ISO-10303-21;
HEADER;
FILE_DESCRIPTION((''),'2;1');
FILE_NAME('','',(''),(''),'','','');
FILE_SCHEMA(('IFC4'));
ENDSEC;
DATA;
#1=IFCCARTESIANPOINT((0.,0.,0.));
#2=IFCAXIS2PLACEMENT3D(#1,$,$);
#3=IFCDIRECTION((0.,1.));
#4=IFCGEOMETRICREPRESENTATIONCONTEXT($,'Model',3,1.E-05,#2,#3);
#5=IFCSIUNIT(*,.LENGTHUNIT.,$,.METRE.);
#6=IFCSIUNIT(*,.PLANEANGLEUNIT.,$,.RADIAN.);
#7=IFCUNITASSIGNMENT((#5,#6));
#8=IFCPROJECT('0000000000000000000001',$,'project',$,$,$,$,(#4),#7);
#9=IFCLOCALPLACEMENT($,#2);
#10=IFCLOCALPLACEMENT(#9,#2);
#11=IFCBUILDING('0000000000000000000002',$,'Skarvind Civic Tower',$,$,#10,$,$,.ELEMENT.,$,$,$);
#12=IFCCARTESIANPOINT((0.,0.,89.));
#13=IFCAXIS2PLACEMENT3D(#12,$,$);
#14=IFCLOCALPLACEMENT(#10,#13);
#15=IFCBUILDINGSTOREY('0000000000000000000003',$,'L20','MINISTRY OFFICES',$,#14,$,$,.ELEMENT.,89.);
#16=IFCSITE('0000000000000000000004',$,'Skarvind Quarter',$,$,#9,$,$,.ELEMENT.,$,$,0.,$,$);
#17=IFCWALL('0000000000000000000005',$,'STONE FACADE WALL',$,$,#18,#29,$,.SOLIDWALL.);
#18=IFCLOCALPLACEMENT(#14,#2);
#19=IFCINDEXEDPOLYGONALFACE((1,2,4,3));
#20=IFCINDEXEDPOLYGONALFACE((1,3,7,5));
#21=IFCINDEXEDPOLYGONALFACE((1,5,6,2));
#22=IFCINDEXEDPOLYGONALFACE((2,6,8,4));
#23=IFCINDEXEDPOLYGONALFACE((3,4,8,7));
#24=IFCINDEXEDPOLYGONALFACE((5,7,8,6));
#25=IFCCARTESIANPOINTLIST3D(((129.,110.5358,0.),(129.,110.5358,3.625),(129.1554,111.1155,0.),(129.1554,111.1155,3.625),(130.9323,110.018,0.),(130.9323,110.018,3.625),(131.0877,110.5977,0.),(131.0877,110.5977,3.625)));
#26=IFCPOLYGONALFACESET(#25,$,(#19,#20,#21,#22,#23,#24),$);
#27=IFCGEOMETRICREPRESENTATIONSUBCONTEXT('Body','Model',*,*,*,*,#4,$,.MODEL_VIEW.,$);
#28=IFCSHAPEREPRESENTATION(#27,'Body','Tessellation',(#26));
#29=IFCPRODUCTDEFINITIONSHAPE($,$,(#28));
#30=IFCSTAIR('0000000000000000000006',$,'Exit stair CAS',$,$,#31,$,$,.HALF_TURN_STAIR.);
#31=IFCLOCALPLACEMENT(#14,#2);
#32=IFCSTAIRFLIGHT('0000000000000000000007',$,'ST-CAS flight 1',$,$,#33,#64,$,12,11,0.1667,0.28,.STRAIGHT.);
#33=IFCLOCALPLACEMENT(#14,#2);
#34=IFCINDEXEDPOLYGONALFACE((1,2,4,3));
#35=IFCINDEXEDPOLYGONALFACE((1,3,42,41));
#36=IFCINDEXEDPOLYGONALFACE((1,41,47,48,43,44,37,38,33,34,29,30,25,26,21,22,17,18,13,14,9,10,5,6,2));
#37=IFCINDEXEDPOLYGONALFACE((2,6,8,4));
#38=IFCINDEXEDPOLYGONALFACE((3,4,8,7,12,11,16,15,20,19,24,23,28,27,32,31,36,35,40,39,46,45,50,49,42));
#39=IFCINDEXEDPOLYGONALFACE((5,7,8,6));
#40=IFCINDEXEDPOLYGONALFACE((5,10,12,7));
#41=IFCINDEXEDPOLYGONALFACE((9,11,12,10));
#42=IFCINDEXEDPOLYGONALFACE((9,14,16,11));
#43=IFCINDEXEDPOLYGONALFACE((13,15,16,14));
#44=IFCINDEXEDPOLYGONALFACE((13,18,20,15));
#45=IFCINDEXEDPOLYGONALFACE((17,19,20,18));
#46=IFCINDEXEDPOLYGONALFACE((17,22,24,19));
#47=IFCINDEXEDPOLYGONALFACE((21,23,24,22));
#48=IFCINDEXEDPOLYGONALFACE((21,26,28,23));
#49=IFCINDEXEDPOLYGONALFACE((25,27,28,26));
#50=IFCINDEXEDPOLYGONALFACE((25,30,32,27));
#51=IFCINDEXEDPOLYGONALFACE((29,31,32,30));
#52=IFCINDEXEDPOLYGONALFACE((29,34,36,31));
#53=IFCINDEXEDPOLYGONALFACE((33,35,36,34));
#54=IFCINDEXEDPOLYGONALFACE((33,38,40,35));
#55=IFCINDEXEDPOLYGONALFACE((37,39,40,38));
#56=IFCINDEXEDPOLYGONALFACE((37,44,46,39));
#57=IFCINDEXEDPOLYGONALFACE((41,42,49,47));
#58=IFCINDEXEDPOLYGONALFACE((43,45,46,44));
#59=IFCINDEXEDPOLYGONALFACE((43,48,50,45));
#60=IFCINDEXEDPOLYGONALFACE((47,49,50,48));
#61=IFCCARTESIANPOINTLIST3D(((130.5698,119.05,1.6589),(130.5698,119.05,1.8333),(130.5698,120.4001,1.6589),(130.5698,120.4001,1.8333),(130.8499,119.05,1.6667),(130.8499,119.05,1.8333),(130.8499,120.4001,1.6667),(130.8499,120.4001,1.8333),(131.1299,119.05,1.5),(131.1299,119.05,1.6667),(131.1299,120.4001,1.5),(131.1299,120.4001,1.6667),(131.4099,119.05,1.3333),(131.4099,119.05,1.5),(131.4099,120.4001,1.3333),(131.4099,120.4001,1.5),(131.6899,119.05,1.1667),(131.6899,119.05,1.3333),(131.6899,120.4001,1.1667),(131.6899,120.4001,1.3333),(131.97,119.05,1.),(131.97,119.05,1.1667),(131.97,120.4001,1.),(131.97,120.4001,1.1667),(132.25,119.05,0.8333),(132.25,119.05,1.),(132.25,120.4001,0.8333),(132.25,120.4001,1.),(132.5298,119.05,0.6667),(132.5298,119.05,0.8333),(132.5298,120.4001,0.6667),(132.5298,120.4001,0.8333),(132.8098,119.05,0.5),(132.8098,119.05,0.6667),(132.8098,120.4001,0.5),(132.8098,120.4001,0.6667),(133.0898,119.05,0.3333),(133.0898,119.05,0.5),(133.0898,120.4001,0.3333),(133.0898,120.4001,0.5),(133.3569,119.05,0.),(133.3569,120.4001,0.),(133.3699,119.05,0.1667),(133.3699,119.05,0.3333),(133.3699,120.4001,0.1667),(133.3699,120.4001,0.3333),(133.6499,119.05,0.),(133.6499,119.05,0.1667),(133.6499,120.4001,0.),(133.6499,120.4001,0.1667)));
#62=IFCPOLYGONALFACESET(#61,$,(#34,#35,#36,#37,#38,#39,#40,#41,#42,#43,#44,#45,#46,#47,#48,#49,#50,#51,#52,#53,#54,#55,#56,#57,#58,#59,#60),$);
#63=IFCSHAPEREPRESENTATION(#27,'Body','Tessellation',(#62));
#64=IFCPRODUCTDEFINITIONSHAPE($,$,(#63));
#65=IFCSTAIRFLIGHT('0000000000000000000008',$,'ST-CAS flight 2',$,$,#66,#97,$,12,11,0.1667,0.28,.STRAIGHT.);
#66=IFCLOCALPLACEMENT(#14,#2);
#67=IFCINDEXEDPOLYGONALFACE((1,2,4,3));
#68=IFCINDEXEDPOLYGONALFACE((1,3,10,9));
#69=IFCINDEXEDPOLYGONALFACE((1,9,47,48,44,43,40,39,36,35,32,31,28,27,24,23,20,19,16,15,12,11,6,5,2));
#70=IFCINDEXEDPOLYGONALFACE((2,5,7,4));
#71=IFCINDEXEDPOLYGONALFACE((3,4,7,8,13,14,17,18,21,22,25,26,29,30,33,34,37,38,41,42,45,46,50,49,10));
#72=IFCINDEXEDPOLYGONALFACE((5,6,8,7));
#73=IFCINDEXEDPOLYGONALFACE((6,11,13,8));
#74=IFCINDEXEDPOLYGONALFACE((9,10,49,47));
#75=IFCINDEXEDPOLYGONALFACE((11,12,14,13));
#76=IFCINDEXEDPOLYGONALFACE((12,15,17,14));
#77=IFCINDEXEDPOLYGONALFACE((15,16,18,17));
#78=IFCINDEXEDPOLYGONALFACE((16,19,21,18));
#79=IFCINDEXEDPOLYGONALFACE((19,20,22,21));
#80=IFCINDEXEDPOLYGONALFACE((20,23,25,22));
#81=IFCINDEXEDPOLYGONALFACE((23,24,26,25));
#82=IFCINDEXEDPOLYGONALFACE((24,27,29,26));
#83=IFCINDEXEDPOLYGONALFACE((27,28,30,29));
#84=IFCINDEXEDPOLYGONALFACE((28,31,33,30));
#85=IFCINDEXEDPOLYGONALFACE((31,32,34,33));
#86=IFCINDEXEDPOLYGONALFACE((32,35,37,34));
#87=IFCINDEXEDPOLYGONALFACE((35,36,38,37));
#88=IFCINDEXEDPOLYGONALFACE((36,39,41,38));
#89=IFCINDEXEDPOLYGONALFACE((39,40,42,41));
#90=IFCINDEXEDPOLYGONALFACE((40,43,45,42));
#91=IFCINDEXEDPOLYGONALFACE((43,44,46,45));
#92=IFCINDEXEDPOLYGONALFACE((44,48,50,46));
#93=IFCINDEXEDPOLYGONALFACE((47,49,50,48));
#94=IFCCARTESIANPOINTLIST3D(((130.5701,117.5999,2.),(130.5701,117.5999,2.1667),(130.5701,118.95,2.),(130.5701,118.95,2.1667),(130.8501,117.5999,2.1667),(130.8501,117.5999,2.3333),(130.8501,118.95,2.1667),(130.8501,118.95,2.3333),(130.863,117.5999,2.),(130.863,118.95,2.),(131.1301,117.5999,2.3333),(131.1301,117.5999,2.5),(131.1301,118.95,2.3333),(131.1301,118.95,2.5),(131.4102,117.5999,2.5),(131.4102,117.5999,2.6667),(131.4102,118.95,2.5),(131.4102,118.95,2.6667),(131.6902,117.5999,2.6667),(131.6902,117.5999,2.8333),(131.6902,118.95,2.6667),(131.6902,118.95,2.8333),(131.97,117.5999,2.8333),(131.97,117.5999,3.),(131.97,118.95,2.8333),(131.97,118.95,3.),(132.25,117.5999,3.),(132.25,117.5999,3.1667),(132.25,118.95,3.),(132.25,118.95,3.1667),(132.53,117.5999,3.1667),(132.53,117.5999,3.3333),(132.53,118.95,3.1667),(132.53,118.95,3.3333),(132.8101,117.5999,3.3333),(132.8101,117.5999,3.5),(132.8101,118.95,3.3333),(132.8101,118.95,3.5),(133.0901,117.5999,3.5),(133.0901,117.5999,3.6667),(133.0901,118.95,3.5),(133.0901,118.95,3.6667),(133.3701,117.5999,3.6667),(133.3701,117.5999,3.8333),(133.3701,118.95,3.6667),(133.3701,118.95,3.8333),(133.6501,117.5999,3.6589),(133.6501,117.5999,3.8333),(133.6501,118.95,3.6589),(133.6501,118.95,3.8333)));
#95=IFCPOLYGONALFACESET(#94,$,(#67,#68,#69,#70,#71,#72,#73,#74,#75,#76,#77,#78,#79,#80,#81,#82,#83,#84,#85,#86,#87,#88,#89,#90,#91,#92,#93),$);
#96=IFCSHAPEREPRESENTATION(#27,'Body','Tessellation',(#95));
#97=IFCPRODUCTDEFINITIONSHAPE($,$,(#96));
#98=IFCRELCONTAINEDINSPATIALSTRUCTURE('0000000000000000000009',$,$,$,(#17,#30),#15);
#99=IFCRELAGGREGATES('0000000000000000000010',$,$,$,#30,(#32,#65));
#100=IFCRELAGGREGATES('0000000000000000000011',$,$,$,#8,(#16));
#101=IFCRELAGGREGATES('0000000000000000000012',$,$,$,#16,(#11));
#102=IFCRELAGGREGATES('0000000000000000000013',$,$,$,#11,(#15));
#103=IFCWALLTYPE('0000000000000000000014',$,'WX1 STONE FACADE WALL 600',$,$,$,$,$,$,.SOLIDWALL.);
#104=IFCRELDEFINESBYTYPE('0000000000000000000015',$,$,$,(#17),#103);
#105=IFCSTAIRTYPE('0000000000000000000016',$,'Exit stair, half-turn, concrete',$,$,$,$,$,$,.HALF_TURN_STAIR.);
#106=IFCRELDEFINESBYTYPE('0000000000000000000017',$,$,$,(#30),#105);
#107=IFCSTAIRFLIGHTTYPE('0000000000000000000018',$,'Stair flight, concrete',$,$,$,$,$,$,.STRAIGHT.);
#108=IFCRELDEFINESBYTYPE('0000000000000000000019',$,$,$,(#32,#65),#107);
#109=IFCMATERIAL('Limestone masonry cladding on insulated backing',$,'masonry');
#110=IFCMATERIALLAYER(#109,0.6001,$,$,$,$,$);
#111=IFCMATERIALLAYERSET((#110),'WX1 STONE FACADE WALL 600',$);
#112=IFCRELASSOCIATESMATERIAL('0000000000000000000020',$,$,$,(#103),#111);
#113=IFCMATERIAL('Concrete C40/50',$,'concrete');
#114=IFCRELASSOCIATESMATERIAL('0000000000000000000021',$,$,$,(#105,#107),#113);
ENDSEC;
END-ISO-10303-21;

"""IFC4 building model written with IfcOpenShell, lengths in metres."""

from ifc_helpers import new_model, si_unit, direction, frame, frame_2d, origin, place, context, subcontext, project, spatial, polyline, rectangle, outline, extrude, material, layer, layer_set, type_object, element, aggregate, save


model = new_model("IFC4")

# Units and contexts
model_context = context("Model", 3, precision=1e-05, world=origin(), true_north=direction((0.0, 1.0)))
body_context = subcontext(model_context, "Body", "Model", "MODEL_VIEW")
ifc_project = project(units=[si_unit("LENGTHUNIT", "METRE"), si_unit("PLANEANGLEUNIT", "RADIAN")], contexts=[model_context])

# Site, building, storey
site_placement = place(None, origin())
site = spatial("IfcSite", under=ifc_project, at=site_placement, Name="Skarvind Quarter", CompositionType="ELEMENT", RefElevation=0.0)
building_placement = place(site_placement, origin())
building = spatial("IfcBuilding", under=site, at=building_placement, Name="Skarvind Civic Tower", CompositionType="ELEMENT")
storey_placement = place(building_placement, frame((0.0, 0.0, 89.0)))
storey = spatial("IfcBuildingStorey", under=building, at=storey_placement, Name="L20", Description="MINISTRY OFFICES", CompositionType="ELEMENT", Elevation=89.0)

# Wall
ifc_material_1 = material(Name="Limestone masonry cladding on insulated backing", Category="masonry")
ifc_layer_1 = layer(ifc_material_1, 0.6001)
ifc_layer_set_1 = layer_set([ifc_layer_1], Name="WX1 STONE FACADE WALL 600")
wall_type_1 = type_object("IfcWallType", Name="WX1 STONE FACADE WALL 600", PredefinedType="SOLIDWALL", material=ifc_layer_set_1)
wall_1_placement = place(storey_placement, frame((131.01, 110.3079, 0.0), z_axis=(0.0, 0.0, 1.0), x_axis=(-0.96592, 0.25884, 0.0)))
element("IfcWall", 1, at=wall_1_placement, inside=storey, type_object=wall_type_1, Name="STONE FACADE WALL", PredefinedType="SOLIDWALL", context=body_context, shape_type="SweptSolid", body=[
    extrude(rectangle(XDim=2.0005, YDim=0.6001, at=frame_2d((1.0002, 0.0))), origin(), (0.0, 0.0, 1.0), 3.625),
])

# Stair, stair flights
ifc_material_2 = material(Name="Concrete C40/50", Category="concrete")
stair_type = type_object("IfcStairType", Name="Exit stair, half-turn, concrete", PredefinedType="HALF_TURN_STAIR", material=ifc_material_2)
stair_placement = place(storey_placement, origin())
stair = element("IfcStair", 2, at=stair_placement, inside=storey, type_object=stair_type, Name="Exit stair CAS", PredefinedType="HALF_TURN_STAIR")
stair_flight_type = type_object("IfcStairFlightType", Name="Stair flight, concrete", PredefinedType="STRAIGHT", material=ifc_material_2)
stair_flight_1_placement = place(storey_placement, frame((133.6499, 119.7251, 0.0), z_axis=(0.0, 0.0, 1.0), x_axis=(-1.0, 0.0, 0.0)))
stair_flight_1 = element("IfcStairFlight", 3, at=stair_flight_1_placement, type_object=stair_flight_type, Name="ST-CAS flight 1", NumberOfRisers=12, NumberOfTreads=11, PredefinedType="STRAIGHT", RiserHeight=0.1667, TreadLength=0.28, context=body_context, shape_type="SweptSolid", body=[
    extrude(outline(polyline([(0.0, 0.0), (0.0, 0.1667), (0.28, 0.1667), (0.28, 0.3333), (0.5601, 0.3333), (0.5601, 0.5), (0.8401, 0.5), (0.8401, 0.6667), (1.1201, 0.6667), (1.1201, 0.8333), (1.3999, 0.8333), (1.3999, 1.0), (1.6799, 1.0), (1.6799, 1.1667), (1.96, 1.1667), (1.96, 1.3333), (2.24, 1.3333), (2.24, 1.5), (2.52, 1.5), (2.52, 1.6667), (2.8, 1.6667), (2.8, 1.8333), (3.0801, 1.8333), (3.0801, 2.0), (3.0801, 1.6589), (0.293, 0.0), (0.0, 0.0)])), frame((0.0, 0.675, 0.0), z_axis=(0.0, -1.0, 0.0), x_axis=(1.0, 0.0, 0.0)), (0.0, 0.0, 1.0), 1.3501),
])
stair_flight_2_placement = place(storey_placement, frame((130.5701, 118.2749, 2.0), z_axis=(0.0, 0.0, 1.0), x_axis=(1.0, 0.0, 0.0)))
stair_flight_2 = element("IfcStairFlight", 4, at=stair_flight_2_placement, type_object=stair_flight_type, Name="ST-CAS flight 2", NumberOfRisers=12, NumberOfTreads=11, PredefinedType="STRAIGHT", RiserHeight=0.1667, TreadLength=0.28, context=body_context, shape_type="SweptSolid", body=[
    extrude(outline(polyline([(0.0, 0.0), (0.0, 0.1667), (0.28, 0.1667), (0.28, 0.3333), (0.5601, 0.3333), (0.5601, 0.5), (0.8401, 0.5), (0.8401, 0.6667), (1.1201, 0.6667), (1.1201, 0.8333), (1.3999, 0.8333), (1.3999, 1.0), (1.6799, 1.0), (1.6799, 1.1667), (1.96, 1.1667), (1.96, 1.3333), (2.24, 1.3333), (2.24, 1.5), (2.52, 1.5), (2.52, 1.6667), (2.8, 1.6667), (2.8, 1.8333), (3.0801, 1.8333), (3.0801, 2.0), (3.0801, 1.6589), (0.293, 0.0), (0.0, 0.0)])), frame((0.0, 0.675, 0.0), z_axis=(0.0, -1.0, 0.0), x_axis=(1.0, 0.0, 0.0)), (0.0, 0.0, 1.0), 1.3501),
])
aggregate(stair, [stair_flight_1, stair_flight_2])

save(model, "model.ifc")
